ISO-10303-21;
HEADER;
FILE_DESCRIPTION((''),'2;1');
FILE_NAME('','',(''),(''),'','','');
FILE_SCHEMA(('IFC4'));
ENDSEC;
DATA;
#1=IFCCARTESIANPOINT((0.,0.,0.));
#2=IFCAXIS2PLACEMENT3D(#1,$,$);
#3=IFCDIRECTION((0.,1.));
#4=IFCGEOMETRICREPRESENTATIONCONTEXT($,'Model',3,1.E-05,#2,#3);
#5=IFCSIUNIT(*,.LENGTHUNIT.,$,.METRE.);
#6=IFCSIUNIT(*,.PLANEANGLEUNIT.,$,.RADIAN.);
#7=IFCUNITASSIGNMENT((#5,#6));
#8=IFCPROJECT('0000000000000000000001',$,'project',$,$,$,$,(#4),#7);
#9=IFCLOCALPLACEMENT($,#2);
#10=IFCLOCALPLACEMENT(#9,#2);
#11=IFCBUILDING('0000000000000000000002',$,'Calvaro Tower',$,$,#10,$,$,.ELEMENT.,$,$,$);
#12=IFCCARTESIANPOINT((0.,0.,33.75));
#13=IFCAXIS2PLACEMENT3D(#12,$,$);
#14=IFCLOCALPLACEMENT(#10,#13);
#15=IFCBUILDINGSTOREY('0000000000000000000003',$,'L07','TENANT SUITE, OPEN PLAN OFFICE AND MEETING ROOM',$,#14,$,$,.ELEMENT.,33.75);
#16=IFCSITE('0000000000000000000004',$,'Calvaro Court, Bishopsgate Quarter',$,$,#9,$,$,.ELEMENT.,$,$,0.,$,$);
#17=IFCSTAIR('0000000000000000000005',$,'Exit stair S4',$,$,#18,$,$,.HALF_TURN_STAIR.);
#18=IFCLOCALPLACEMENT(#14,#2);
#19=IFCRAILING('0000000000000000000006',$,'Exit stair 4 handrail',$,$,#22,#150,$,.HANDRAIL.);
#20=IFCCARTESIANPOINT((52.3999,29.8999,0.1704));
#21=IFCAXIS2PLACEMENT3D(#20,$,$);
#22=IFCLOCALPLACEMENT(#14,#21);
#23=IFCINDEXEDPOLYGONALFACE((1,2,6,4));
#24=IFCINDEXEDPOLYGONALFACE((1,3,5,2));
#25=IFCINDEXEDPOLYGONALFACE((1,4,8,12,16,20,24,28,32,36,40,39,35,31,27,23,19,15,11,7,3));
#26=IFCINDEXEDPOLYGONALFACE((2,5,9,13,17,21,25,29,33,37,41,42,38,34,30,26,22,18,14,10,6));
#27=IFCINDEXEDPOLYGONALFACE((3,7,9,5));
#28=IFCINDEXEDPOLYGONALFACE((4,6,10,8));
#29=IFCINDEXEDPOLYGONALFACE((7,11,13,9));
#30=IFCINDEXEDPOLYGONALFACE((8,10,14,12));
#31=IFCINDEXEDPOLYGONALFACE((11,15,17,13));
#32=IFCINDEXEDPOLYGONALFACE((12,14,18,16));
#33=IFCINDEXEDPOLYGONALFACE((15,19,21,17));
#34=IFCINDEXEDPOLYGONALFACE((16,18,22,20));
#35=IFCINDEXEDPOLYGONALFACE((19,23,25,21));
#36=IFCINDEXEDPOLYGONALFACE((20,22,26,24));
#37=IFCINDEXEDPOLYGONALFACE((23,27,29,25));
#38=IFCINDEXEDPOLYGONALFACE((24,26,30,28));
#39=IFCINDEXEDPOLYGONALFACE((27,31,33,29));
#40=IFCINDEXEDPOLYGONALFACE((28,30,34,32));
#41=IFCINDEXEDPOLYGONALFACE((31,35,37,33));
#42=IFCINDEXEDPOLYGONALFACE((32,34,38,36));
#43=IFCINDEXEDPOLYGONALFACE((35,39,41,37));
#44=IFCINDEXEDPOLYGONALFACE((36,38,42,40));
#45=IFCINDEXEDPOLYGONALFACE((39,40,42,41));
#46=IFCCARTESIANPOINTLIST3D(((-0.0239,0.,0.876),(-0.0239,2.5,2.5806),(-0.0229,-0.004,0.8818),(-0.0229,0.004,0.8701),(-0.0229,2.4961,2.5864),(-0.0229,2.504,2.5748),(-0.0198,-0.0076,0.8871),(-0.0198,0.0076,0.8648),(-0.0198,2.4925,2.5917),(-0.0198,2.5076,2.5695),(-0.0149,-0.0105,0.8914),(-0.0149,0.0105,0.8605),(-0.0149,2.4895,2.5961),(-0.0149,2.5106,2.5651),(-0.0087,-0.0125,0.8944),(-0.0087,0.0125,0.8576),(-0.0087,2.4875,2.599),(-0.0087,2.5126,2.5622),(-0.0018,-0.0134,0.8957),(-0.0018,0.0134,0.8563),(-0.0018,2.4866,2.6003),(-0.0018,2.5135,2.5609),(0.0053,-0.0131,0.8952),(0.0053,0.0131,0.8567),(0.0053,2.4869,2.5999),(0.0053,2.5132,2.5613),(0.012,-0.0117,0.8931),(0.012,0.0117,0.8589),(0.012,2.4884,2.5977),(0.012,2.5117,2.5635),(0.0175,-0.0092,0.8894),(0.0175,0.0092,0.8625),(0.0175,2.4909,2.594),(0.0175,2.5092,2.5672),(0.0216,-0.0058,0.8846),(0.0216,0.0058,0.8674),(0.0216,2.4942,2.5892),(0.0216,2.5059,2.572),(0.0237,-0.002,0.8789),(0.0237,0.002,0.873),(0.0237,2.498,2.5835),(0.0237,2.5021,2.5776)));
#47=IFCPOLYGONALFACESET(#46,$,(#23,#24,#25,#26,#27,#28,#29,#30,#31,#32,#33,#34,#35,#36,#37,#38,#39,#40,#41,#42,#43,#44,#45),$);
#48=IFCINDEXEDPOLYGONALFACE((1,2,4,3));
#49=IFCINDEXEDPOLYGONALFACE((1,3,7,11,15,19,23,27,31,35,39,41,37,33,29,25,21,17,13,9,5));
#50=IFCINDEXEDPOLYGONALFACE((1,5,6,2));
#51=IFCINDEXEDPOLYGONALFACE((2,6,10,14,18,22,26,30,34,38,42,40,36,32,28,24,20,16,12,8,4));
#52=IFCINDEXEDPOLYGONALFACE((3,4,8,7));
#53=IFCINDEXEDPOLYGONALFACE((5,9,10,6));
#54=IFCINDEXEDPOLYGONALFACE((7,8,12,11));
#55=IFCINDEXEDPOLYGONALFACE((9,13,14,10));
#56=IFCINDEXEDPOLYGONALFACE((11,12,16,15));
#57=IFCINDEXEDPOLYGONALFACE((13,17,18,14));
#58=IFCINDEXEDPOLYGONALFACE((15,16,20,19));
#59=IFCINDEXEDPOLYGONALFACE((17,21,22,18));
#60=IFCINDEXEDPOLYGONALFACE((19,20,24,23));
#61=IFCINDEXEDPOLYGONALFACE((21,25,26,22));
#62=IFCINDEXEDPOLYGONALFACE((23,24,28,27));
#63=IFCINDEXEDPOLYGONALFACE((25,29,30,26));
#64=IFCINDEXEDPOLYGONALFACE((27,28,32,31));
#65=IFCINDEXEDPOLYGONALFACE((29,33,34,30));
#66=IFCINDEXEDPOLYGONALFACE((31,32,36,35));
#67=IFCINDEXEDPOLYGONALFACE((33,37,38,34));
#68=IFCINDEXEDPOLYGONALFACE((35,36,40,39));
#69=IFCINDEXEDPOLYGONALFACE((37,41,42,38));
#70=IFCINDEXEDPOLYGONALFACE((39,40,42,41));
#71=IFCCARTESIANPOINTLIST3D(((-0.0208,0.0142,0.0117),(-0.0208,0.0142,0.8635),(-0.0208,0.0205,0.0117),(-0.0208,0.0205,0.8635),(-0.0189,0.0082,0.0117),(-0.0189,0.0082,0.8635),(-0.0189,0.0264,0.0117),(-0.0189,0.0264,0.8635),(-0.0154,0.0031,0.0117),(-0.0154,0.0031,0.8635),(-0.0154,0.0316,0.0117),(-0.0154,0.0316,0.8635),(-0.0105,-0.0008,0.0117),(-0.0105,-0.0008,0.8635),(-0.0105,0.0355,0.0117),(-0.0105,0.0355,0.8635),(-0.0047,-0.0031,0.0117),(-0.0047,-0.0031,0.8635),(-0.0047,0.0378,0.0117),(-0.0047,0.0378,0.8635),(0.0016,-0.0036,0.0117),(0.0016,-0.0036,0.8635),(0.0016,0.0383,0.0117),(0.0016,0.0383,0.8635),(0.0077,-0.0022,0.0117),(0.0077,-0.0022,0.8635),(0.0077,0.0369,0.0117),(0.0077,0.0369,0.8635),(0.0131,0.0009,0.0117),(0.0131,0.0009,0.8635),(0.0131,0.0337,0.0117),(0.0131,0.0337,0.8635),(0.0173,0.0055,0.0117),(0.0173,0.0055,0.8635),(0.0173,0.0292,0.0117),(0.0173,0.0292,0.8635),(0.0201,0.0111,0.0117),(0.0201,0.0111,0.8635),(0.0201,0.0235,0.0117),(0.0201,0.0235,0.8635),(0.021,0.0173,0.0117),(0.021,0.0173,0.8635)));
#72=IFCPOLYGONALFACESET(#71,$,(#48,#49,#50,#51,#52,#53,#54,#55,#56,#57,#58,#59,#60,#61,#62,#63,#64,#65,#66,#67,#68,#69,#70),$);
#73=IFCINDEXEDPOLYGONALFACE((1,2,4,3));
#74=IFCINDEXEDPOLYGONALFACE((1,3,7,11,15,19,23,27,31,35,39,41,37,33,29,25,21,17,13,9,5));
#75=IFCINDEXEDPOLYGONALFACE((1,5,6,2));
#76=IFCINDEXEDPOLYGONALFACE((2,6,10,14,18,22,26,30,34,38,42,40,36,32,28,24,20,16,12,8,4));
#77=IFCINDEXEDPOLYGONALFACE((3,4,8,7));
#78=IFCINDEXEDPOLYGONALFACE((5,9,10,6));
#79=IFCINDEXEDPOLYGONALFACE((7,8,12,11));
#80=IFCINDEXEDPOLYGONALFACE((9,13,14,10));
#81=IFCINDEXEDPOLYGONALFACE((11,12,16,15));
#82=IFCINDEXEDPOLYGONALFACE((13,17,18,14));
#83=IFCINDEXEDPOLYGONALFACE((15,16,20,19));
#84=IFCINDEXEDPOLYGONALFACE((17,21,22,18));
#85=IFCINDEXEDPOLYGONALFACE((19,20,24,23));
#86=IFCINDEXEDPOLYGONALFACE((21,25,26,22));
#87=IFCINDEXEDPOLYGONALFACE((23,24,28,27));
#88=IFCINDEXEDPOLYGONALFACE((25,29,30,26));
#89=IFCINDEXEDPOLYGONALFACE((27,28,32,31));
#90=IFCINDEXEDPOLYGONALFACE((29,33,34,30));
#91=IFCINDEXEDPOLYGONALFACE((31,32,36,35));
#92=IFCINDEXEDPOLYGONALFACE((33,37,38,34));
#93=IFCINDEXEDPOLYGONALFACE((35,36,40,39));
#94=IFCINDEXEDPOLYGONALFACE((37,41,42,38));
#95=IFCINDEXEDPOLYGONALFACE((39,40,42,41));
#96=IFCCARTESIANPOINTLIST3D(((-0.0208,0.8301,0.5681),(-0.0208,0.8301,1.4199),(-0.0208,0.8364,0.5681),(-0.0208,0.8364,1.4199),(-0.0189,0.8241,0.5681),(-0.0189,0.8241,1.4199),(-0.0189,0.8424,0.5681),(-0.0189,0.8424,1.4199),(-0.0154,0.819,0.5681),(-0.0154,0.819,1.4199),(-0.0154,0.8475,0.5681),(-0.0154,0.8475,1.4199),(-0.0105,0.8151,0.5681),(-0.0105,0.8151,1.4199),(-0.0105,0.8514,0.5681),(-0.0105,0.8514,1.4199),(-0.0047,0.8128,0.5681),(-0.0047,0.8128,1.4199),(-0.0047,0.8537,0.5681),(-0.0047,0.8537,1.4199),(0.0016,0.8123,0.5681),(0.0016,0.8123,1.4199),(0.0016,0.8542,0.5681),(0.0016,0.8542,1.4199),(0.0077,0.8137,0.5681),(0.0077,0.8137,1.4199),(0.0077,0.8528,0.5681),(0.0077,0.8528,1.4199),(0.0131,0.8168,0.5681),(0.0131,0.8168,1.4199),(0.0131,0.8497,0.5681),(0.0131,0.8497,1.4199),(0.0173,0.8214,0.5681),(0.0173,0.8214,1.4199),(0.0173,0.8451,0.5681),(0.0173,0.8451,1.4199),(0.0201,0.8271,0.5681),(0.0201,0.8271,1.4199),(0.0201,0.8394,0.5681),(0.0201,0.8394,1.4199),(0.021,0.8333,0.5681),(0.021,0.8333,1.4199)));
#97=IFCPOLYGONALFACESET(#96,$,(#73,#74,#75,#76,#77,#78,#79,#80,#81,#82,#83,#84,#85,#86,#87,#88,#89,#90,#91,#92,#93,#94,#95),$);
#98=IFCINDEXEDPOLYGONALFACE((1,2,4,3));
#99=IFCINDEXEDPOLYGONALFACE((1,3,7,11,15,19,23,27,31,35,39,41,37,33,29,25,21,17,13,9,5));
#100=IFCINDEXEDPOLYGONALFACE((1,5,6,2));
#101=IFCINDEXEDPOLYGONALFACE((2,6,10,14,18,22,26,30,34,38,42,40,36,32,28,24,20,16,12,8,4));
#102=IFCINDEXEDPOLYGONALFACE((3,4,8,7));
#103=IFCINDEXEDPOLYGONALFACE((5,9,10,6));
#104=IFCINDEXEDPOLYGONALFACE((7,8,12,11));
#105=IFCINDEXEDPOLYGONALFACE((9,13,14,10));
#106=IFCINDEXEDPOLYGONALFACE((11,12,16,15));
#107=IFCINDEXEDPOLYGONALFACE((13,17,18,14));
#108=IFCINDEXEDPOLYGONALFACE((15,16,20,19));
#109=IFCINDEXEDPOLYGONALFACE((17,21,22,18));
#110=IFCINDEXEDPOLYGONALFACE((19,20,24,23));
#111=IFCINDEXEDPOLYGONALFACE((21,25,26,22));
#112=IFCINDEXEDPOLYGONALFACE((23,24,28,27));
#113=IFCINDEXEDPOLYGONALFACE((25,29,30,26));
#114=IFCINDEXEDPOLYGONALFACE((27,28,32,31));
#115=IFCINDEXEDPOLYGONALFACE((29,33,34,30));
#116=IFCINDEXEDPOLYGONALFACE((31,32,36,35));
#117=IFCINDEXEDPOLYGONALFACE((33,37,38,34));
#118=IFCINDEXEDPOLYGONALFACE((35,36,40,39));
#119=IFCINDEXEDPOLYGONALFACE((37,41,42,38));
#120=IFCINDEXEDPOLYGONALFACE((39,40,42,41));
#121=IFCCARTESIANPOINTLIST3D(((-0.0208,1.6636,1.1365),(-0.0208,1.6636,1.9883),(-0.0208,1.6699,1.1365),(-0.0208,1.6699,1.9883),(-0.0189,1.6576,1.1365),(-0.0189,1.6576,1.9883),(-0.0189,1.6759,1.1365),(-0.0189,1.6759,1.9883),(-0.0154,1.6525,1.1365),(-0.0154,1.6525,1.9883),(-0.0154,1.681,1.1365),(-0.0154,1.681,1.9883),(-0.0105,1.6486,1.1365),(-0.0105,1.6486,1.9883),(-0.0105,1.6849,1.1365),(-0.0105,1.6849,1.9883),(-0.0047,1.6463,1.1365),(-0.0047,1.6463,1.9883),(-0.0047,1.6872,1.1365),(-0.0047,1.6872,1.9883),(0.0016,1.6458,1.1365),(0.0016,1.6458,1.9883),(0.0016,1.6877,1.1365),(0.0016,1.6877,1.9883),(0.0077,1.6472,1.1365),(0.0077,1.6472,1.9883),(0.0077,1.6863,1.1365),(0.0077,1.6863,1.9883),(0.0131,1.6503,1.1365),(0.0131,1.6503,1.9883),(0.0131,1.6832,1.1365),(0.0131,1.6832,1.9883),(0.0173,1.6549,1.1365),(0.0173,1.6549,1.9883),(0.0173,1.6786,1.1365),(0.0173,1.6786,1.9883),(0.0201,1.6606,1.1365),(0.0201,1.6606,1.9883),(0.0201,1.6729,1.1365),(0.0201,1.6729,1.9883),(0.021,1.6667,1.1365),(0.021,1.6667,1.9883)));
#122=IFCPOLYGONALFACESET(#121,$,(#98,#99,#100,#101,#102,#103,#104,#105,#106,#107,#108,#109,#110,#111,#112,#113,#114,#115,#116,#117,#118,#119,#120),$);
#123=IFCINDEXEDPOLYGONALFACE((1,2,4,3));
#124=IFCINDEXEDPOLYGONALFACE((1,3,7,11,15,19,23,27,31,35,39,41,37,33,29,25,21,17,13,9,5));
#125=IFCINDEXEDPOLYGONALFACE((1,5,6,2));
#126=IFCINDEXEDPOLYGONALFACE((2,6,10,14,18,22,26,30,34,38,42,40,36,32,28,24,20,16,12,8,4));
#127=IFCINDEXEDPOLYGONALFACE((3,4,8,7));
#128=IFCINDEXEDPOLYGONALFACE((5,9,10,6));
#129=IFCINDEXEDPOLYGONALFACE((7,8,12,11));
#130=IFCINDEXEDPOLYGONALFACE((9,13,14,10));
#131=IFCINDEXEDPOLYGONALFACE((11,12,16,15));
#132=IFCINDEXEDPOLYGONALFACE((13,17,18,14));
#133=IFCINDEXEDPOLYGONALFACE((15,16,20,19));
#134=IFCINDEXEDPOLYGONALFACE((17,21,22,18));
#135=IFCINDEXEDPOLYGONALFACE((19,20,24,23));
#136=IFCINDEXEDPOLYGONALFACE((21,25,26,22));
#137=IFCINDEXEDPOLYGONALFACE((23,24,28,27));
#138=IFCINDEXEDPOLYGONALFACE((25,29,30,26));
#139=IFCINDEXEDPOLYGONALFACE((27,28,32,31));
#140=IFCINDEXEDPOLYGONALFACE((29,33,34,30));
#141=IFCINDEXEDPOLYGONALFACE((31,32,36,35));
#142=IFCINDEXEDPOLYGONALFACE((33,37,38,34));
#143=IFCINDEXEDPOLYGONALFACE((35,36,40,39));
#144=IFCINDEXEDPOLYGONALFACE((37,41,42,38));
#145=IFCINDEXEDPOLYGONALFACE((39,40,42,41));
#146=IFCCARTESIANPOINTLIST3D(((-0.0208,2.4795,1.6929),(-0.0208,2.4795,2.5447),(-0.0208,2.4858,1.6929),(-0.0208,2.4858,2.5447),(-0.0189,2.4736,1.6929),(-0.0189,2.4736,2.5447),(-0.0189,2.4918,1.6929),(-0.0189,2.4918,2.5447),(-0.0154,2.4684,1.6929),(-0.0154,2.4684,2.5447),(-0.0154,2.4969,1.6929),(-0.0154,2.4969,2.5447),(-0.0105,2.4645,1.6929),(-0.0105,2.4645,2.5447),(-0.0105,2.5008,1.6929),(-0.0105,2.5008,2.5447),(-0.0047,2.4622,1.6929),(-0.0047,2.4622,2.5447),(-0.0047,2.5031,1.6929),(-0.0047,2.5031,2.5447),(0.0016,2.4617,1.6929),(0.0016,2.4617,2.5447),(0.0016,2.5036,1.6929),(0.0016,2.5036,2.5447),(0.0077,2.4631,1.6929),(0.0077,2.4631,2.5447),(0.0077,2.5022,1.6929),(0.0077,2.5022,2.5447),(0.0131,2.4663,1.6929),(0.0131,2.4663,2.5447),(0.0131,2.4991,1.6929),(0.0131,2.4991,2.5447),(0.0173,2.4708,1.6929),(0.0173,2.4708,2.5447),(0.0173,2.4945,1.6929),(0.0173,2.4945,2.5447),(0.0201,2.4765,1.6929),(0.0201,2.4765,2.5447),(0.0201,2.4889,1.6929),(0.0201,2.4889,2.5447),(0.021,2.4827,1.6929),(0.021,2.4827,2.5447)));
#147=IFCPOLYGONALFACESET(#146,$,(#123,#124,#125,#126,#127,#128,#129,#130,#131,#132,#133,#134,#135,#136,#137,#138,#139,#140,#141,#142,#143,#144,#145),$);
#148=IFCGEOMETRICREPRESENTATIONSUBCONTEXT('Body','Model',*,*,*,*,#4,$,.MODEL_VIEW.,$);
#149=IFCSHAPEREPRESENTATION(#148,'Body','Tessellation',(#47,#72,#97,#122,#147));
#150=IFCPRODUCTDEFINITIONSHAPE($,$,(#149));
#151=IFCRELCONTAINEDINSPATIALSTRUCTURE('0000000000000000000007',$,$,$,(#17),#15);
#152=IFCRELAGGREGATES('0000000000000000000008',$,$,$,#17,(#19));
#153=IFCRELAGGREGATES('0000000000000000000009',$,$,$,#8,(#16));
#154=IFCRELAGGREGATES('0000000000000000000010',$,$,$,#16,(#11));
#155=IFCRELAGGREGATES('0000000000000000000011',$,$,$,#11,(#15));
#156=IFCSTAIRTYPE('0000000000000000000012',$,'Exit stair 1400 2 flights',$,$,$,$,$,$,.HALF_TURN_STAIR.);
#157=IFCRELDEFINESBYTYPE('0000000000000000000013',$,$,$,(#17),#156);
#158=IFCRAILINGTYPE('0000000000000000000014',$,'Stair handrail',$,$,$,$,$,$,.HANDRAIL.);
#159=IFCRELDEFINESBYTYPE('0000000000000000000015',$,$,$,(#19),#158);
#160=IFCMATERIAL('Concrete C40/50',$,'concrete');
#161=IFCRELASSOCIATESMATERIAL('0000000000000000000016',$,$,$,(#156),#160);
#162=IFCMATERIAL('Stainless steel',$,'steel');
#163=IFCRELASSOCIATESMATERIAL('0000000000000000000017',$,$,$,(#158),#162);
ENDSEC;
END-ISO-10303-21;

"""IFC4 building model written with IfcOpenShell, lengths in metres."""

from ifc_helpers import new_model, si_unit, direction, frame, origin, origin_2d, place, context, subcontext, project, spatial, circle, extrude, material, type_object, element, aggregate, save


model = new_model("IFC4")

# Units and contexts
model_context = context("Model", 3, precision=1e-05, world=origin(), true_north=direction((0.0, 1.0)))
body_context = subcontext(model_context, "Body", "Model", "MODEL_VIEW")
ifc_project = project(units=[si_unit("LENGTHUNIT", "METRE"), si_unit("PLANEANGLEUNIT", "RADIAN")], contexts=[model_context])

# Site, building, storey
site_placement = place(None, origin())
site = spatial("IfcSite", under=ifc_project, at=site_placement, Name="Calvaro Court, Bishopsgate Quarter", CompositionType="ELEMENT", RefElevation=0.0)
building_placement = place(site_placement, origin())
building = spatial("IfcBuilding", under=site, at=building_placement, Name="Calvaro Tower", CompositionType="ELEMENT")
storey_placement = place(building_placement, frame((0.0, 0.0, 33.75)))
storey = spatial("IfcBuildingStorey", under=building, at=storey_placement, Name="L07", Description="TENANT SUITE, OPEN PLAN OFFICE AND MEETING ROOM", CompositionType="ELEMENT", Elevation=33.75)

# Shared definitions
ifc_material_1 = material(Name="Concrete C40/50", Category="concrete")
stair_type = type_object("IfcStairType", Name="Exit stair 1400 2 flights", PredefinedType="HALF_TURN_STAIR", material=ifc_material_1)

# Stair
stair_1_placement = place(storey_placement, origin())
stair_1 = element("IfcStair", 1, at=stair_1_placement, inside=storey, type_object=stair_type, Name="Exit stair S4", PredefinedType="HALF_TURN_STAIR")

# Railing
ifc_material_2 = material(Name="Stainless steel", Category="steel")
railing_type = type_object("IfcRailingType", Name="Stair handrail", PredefinedType="HANDRAIL", material=ifc_material_2)
railing_1_placement = place(storey_placement, frame((52.3999, 29.8999, 0.1704)))
railing_1 = element("IfcRailing", 2, at=railing_1_placement, type_object=railing_type, Name="Exit stair 4 handrail", PredefinedType="HANDRAIL", context=body_context, shape_type="SweptSolid", body=[
    extrude(circle(Radius=0.0239, at=origin_2d()), frame((0.0, 0.0, 0.876), z_axis=(0.0, 0.826221, 0.563347), x_axis=(-1.0, 0.0, 0.0)), (0.0, 0.0, 1.0), 3.0259),
    extrude(circle(Radius=0.021, at=origin_2d()), frame((0.0, 0.0173, 0.0117)), (0.0, 0.0, 1.0), 0.8518),
    extrude(circle(Radius=0.021, at=origin_2d()), frame((0.0, 0.8333, 0.5681)), (0.0, 0.0, 1.0), 0.8518),
    extrude(circle(Radius=0.021, at=origin_2d()), frame((0.0, 1.6667, 1.1365)), (0.0, 0.0, 1.0), 0.8518),
    extrude(circle(Radius=0.021, at=origin_2d()), frame((0.0, 2.4827, 1.6929)), (0.0, 0.0, 1.0), 0.8518),
])
aggregate(stair_1, [railing_1])

save(model, "model.ifc")
